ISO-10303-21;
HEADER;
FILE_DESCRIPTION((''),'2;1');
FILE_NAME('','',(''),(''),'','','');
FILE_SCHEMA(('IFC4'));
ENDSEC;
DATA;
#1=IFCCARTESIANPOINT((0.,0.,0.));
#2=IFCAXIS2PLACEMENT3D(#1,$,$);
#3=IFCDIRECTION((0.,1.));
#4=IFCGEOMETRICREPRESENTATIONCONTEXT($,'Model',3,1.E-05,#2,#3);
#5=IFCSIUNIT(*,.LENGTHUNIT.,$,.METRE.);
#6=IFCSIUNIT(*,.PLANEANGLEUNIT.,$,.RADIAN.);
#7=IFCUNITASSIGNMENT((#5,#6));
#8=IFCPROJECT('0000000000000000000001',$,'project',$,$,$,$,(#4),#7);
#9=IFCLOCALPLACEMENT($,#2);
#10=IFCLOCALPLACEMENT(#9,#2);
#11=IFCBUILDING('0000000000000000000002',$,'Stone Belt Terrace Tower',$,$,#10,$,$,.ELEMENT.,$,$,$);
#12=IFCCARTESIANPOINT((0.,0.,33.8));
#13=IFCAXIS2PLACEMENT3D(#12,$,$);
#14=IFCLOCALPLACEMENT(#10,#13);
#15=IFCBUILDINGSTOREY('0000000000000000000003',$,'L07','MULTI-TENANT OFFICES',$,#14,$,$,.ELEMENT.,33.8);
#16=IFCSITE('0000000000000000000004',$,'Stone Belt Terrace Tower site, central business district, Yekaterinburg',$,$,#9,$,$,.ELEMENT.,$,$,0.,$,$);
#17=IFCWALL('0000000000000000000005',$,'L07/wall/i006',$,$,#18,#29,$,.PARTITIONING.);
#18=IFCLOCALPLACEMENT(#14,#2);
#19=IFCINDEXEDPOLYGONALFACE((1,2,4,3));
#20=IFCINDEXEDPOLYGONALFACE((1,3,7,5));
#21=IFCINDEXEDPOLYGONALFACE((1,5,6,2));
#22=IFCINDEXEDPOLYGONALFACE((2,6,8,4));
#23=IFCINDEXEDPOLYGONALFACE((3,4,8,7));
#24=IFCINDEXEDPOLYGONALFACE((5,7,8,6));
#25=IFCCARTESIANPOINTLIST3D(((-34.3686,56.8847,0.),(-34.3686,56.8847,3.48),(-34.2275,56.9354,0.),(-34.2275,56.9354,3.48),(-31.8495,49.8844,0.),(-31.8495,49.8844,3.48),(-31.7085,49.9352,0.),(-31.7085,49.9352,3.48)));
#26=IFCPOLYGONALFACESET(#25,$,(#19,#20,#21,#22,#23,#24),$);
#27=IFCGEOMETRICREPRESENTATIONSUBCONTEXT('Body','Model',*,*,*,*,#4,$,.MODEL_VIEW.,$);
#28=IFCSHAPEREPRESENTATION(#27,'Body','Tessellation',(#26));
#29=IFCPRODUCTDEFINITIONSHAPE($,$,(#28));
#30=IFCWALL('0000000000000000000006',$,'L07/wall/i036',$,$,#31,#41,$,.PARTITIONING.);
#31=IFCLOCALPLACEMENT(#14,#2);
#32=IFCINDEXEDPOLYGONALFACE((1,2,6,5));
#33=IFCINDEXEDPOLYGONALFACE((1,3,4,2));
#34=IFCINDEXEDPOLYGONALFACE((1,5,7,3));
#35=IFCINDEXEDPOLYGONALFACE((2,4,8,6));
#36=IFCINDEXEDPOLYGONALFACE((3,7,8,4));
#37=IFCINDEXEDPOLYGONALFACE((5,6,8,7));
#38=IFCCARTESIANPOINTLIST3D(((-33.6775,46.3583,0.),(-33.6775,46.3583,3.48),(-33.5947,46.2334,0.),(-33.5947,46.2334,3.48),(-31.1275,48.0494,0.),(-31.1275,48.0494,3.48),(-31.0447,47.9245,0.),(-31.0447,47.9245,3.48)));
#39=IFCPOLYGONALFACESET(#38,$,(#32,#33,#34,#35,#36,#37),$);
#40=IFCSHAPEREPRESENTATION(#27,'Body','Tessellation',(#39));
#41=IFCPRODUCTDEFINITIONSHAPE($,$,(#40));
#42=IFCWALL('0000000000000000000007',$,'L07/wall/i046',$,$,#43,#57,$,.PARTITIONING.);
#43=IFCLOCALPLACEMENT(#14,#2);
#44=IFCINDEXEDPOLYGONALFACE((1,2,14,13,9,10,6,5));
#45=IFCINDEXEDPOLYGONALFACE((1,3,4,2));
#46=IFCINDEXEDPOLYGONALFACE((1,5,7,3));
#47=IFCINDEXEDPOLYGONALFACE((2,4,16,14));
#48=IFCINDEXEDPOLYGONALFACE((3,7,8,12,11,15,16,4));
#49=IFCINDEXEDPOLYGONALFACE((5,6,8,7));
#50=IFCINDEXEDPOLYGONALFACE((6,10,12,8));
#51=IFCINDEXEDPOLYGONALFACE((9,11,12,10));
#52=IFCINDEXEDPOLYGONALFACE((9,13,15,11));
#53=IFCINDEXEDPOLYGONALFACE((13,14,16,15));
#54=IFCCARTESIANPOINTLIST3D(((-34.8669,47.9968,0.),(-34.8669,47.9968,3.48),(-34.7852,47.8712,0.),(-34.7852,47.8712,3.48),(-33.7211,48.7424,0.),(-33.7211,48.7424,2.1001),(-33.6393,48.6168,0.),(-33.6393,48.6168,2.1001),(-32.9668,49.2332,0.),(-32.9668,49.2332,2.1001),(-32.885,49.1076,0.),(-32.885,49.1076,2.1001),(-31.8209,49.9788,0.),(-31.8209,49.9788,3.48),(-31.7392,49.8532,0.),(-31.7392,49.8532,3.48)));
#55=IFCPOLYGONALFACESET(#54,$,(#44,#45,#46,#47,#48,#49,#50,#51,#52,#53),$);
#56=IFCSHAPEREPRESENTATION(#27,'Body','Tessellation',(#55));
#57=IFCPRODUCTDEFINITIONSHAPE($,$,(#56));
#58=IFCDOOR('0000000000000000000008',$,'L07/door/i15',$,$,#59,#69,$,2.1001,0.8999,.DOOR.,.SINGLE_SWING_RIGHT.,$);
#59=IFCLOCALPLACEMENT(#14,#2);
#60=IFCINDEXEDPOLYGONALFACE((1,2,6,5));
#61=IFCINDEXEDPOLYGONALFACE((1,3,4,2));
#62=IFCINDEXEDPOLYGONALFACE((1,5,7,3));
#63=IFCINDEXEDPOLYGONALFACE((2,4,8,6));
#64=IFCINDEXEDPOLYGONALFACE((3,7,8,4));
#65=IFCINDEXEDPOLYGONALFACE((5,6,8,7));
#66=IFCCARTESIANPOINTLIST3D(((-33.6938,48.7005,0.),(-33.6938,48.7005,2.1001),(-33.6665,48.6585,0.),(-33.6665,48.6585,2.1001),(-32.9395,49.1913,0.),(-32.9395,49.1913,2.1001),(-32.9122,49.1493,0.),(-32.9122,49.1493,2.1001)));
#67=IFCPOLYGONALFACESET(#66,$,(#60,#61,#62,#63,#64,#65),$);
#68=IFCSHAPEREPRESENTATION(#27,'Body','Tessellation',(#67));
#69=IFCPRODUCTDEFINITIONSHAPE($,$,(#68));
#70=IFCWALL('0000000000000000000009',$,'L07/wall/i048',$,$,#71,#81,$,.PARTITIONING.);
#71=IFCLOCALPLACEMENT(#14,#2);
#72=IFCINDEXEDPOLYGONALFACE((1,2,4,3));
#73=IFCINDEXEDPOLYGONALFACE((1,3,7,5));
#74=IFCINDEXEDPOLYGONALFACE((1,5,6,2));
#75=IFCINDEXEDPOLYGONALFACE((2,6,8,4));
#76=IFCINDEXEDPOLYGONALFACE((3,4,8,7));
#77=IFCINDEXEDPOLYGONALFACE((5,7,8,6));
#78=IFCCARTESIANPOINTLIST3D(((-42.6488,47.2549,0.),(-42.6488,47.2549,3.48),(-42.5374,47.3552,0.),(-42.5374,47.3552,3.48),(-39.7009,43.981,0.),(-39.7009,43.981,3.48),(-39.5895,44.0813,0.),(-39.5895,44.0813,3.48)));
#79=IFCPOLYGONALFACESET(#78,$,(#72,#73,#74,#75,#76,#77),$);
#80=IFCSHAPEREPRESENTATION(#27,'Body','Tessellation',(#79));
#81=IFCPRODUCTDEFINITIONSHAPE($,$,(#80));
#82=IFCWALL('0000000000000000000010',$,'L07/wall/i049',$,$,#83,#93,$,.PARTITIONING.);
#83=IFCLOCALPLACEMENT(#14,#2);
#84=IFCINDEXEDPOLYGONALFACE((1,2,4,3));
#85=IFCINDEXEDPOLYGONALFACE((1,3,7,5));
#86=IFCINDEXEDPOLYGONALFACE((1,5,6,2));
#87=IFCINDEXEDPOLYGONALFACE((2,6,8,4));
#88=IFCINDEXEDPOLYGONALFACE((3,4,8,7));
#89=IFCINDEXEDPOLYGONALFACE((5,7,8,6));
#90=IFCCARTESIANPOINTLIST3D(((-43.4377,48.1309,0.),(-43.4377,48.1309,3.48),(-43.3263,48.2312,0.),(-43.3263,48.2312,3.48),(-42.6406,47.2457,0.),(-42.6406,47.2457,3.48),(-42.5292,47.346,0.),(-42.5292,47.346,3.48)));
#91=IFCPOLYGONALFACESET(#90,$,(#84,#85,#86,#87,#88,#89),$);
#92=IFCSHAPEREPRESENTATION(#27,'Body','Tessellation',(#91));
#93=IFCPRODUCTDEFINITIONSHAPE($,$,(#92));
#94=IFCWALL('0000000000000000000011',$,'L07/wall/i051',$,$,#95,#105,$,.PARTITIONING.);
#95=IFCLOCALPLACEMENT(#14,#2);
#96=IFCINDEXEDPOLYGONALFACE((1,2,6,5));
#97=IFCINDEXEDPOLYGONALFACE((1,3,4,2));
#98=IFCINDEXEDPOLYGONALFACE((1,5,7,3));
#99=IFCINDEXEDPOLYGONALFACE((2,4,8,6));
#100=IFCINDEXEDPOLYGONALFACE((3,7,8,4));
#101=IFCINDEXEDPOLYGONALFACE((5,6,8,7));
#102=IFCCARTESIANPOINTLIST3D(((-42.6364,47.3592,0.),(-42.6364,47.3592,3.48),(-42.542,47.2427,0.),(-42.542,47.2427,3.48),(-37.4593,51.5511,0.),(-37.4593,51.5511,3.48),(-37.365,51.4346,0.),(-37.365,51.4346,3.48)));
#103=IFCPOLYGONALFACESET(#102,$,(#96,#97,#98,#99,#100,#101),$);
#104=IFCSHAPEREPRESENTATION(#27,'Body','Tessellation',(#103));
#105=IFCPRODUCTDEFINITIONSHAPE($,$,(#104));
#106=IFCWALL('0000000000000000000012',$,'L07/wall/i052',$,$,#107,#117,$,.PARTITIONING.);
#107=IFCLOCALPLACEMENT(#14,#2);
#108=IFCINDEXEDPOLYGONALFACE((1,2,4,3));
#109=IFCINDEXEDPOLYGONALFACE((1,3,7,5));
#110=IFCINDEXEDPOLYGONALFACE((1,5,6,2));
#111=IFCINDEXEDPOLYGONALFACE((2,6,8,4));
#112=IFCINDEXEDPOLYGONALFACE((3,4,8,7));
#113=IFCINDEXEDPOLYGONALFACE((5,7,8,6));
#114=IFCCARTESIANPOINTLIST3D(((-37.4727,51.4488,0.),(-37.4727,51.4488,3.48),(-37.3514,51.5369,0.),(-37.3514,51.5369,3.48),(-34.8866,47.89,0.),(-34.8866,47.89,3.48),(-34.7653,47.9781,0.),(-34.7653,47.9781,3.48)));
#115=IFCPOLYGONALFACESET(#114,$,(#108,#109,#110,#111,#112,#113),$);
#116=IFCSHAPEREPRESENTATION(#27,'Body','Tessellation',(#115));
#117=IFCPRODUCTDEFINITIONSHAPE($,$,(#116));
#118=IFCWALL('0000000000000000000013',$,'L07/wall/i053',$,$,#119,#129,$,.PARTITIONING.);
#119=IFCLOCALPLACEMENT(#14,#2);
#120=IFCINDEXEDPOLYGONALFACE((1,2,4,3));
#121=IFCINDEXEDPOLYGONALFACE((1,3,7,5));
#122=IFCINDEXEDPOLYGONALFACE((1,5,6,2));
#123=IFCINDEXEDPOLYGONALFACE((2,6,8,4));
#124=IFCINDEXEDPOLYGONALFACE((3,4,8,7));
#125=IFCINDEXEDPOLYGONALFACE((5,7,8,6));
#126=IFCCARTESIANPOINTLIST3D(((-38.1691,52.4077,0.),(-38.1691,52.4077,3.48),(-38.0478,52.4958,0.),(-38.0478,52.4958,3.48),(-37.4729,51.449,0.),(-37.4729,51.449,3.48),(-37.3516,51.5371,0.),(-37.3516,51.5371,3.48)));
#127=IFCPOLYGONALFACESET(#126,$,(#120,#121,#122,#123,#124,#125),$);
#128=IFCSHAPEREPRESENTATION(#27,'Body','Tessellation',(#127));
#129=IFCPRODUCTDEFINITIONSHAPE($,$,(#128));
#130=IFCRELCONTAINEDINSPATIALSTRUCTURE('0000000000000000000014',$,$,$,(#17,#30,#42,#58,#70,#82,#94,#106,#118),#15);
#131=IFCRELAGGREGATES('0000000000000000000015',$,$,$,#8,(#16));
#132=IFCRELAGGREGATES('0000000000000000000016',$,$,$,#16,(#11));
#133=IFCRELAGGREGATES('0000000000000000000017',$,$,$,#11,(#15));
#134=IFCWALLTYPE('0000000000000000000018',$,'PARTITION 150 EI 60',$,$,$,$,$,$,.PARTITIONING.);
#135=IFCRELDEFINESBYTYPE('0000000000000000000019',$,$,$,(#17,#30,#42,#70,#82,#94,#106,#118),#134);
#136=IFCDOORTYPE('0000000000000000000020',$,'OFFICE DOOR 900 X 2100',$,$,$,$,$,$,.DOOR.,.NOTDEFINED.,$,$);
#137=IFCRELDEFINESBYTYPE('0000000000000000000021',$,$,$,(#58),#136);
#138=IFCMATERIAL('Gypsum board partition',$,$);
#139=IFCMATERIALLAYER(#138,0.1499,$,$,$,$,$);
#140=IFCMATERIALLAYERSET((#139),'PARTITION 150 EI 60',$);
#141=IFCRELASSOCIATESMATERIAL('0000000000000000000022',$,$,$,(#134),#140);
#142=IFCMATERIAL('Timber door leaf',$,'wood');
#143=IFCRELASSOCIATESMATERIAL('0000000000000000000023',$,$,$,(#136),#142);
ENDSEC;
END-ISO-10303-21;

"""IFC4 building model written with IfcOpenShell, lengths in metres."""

from ifc_helpers import new_model, si_unit, direction, frame, frame_2d, origin, place, context, subcontext, project, spatial, rectangle, extrude, material, layer, layer_set, type_object, element, fill, save


model = new_model("IFC4")

# Units and contexts
model_context = context("Model", 3, precision=1e-05, world=origin(), true_north=direction((0.0, 1.0)))
body_context = subcontext(model_context, "Body", "Model", "MODEL_VIEW")
ifc_project = project(units=[si_unit("LENGTHUNIT", "METRE"), si_unit("PLANEANGLEUNIT", "RADIAN")], contexts=[model_context])

# Site, building, storey
site_placement = place(None, origin())
site = spatial("IfcSite", under=ifc_project, at=site_placement, Name="Stone Belt Terrace Tower site, central business district, Yekaterinburg", CompositionType="ELEMENT", RefElevation=0.0)
building_placement = place(site_placement, origin())
building = spatial("IfcBuilding", under=site, at=building_placement, Name="Stone Belt Terrace Tower", CompositionType="ELEMENT")
storey_placement = place(building_placement, frame((0.0, 0.0, 33.8)))
storey = spatial("IfcBuildingStorey", under=building, at=storey_placement, Name="L07", Description="MULTI-TENANT OFFICES", CompositionType="ELEMENT", Elevation=33.8)

# Shared definitions
ifc_material_1 = material(Name="Gypsum board partition")
ifc_layer_1 = layer(ifc_material_1, 0.1499)
ifc_layer_set_1 = layer_set([ifc_layer_1], Name="PARTITION 150 EI 60")
wall_type_1 = type_object("IfcWallType", Name="PARTITION 150 EI 60", PredefinedType="PARTITIONING", material=ifc_layer_set_1)

# Shared definitions
ifc_material_2 = material(Name="Timber door leaf", Category="wood")
door_type = type_object("IfcDoorType", Name="OFFICE DOOR 900 X 2100", OperationType="NOTDEFINED", PredefinedType="DOOR", material=ifc_material_2)

# Walls
wall_1_placement = place(storey_placement, frame((-31.7791, 49.9099, 0.0), z_axis=(0.0, 0.0, 1.0), x_axis=(-0.338595, 0.940932, 0.0)))
element("IfcWall", 1, at=wall_1_placement, inside=storey, type_object=wall_type_1, Name="L07/wall/i006", PredefinedType="PARTITIONING", context=body_context, shape_type="SweptSolid", body=[
    extrude(rectangle(XDim=7.4397, YDim=0.1499, at=frame_2d((3.7197, 0.0))), origin(), (0.0, 0.0, 1.0), 3.48),
])
wall_2_placement = place(storey_placement, frame((-33.636, 46.2959, 0.0), z_axis=(0.0, 0.0, 1.0), x_axis=(0.833386, 0.552692, 0.0)))
element("IfcWall", 2, at=wall_2_placement, inside=storey, type_object=wall_type_1, Name="L07/wall/i036", PredefinedType="PARTITIONING", context=body_context, shape_type="SweptSolid", body=[
    extrude(rectangle(XDim=3.0598, YDim=0.1499, at=frame_2d((1.5298, 0.0))), origin(), (0.0, 0.0, 1.0), 3.48),
])

# Wall, opening, door
wall_3_placement = place(storey_placement, frame((-34.8259, 47.9341, 0.0), z_axis=(0.0, 0.0, 1.0), x_axis=(0.83818, 0.545394, 0.0)))
wall_3 = element("IfcWall", 3, at=wall_3_placement, inside=storey, type_object=wall_type_1, Name="L07/wall/i046", PredefinedType="PARTITIONING", context=body_context, shape_type="SweptSolid", body=[
    extrude(rectangle(XDim=3.634, YDim=0.1499, at=frame_2d((1.8169, 0.0))), origin(), (0.0, 0.0, 1.0), 3.48),
])
opening_1_placement = place(wall_3_placement, frame((1.3669, 0.0, 0.0)))
opening_1 = element("IfcOpeningElement", 4, at=opening_1_placement, cuts=wall_3, PredefinedType="OPENING", context=body_context, shape_type="SweptSolid", body=[
    extrude(rectangle(XDim=0.8999, YDim=2.1001, at=frame_2d((0.45, 1.05))), frame((0.0, 0.085, 0.0), z_axis=(0.0, -1.0, 0.0), x_axis=(1.0, 0.0, 0.0)), (0.0, 0.0, 1.0), 0.1699),
])
door_1_placement = place(opening_1_placement, origin())
door_1 = element("IfcDoor", 5, at=door_1_placement, inside=storey, type_object=door_type, Name="L07/door/i15", OperationType="SINGLE_SWING_RIGHT", OverallHeight=2.1001, OverallWidth=0.8999, PredefinedType="DOOR", context=body_context, shape_type="SweptSolid", body=[
    extrude(rectangle(XDim=0.8999, YDim=2.1001, at=frame_2d((0.45, 1.05))), frame((0.0, 0.0249, 0.0), z_axis=(0.0, -1.0, 0.0), x_axis=(1.0, 0.0, 0.0)), (0.0, 0.0, 1.0), 0.05),
])
fill(opening_1, door_1)

# Walls
wall_4_placement = place(storey_placement, frame((-42.593, 47.3049, 0.0), z_axis=(0.0, 0.0, 1.0), x_axis=(0.669148, -0.743129, 0.0)))
element("IfcWall", 6, at=wall_4_placement, inside=storey, type_object=wall_type_1, Name="L07/wall/i048", PredefinedType="PARTITIONING", context=body_context, shape_type="SweptSolid", body=[
    extrude(rectangle(XDim=4.4055, YDim=0.1499, at=frame_2d((2.2026, 0.0))), origin(), (0.0, 0.0, 1.0), 3.48),
])
wall_5_placement = place(storey_placement, frame((-43.3821, 48.1812, 0.0), z_axis=(0.0, 0.0, 1.0), x_axis=(0.669146, -0.743131, 0.0)))
element("IfcWall", 7, at=wall_5_placement, inside=storey, type_object=wall_type_1, Name="L07/wall/i049", PredefinedType="PARTITIONING", context=body_context, shape_type="SweptSolid", body=[
    extrude(rectangle(XDim=1.1912, YDim=0.1499, at=frame_2d((0.5957, 0.0))), origin(), (0.0, 0.0, 1.0), 3.48),
])
wall_6_placement = place(storey_placement, frame((-42.5891, 47.301, 0.0), z_axis=(0.0, 0.0, 1.0), x_axis=(0.777172, 0.629288, 0.0)))
element("IfcWall", 8, at=wall_6_placement, inside=storey, type_object=wall_type_1, Name="L07/wall/i051", PredefinedType="PARTITIONING", context=body_context, shape_type="SweptSolid", body=[
    extrude(rectangle(XDim=6.6614, YDim=0.1499, at=frame_2d((3.3306, 0.0))), origin(), (0.0, 0.0, 1.0), 3.48),
])
wall_7_placement = place(storey_placement, frame((-37.4121, 51.4929, 0.0), z_axis=(0.0, 0.0, 1.0), x_axis=(0.587865, -0.808959, 0.0)))
element("IfcWall", 9, at=wall_7_placement, inside=storey, type_object=wall_type_1, Name="L07/wall/i052", PredefinedType="PARTITIONING", context=body_context, shape_type="SweptSolid", body=[
    extrude(rectangle(XDim=4.3992, YDim=0.1499, at=frame_2d((2.1997, 0.0))), origin(), (0.0, 0.0, 1.0), 3.48),
])
wall_8_placement = place(storey_placement, frame((-38.1084, 52.4517, 0.0), z_axis=(0.0, 0.0, 1.0), x_axis=(0.587633, -0.809128, 0.0)))
element("IfcWall", 10, at=wall_8_placement, inside=storey, type_object=wall_type_1, Name="L07/wall/i053", PredefinedType="PARTITIONING", context=body_context, shape_type="SweptSolid", body=[
    extrude(rectangle(XDim=1.1848, YDim=0.1499, at=frame_2d((0.5923, 0.0))), origin(), (0.0, 0.0, 1.0), 3.48),
])

save(model, "model.ifc")
